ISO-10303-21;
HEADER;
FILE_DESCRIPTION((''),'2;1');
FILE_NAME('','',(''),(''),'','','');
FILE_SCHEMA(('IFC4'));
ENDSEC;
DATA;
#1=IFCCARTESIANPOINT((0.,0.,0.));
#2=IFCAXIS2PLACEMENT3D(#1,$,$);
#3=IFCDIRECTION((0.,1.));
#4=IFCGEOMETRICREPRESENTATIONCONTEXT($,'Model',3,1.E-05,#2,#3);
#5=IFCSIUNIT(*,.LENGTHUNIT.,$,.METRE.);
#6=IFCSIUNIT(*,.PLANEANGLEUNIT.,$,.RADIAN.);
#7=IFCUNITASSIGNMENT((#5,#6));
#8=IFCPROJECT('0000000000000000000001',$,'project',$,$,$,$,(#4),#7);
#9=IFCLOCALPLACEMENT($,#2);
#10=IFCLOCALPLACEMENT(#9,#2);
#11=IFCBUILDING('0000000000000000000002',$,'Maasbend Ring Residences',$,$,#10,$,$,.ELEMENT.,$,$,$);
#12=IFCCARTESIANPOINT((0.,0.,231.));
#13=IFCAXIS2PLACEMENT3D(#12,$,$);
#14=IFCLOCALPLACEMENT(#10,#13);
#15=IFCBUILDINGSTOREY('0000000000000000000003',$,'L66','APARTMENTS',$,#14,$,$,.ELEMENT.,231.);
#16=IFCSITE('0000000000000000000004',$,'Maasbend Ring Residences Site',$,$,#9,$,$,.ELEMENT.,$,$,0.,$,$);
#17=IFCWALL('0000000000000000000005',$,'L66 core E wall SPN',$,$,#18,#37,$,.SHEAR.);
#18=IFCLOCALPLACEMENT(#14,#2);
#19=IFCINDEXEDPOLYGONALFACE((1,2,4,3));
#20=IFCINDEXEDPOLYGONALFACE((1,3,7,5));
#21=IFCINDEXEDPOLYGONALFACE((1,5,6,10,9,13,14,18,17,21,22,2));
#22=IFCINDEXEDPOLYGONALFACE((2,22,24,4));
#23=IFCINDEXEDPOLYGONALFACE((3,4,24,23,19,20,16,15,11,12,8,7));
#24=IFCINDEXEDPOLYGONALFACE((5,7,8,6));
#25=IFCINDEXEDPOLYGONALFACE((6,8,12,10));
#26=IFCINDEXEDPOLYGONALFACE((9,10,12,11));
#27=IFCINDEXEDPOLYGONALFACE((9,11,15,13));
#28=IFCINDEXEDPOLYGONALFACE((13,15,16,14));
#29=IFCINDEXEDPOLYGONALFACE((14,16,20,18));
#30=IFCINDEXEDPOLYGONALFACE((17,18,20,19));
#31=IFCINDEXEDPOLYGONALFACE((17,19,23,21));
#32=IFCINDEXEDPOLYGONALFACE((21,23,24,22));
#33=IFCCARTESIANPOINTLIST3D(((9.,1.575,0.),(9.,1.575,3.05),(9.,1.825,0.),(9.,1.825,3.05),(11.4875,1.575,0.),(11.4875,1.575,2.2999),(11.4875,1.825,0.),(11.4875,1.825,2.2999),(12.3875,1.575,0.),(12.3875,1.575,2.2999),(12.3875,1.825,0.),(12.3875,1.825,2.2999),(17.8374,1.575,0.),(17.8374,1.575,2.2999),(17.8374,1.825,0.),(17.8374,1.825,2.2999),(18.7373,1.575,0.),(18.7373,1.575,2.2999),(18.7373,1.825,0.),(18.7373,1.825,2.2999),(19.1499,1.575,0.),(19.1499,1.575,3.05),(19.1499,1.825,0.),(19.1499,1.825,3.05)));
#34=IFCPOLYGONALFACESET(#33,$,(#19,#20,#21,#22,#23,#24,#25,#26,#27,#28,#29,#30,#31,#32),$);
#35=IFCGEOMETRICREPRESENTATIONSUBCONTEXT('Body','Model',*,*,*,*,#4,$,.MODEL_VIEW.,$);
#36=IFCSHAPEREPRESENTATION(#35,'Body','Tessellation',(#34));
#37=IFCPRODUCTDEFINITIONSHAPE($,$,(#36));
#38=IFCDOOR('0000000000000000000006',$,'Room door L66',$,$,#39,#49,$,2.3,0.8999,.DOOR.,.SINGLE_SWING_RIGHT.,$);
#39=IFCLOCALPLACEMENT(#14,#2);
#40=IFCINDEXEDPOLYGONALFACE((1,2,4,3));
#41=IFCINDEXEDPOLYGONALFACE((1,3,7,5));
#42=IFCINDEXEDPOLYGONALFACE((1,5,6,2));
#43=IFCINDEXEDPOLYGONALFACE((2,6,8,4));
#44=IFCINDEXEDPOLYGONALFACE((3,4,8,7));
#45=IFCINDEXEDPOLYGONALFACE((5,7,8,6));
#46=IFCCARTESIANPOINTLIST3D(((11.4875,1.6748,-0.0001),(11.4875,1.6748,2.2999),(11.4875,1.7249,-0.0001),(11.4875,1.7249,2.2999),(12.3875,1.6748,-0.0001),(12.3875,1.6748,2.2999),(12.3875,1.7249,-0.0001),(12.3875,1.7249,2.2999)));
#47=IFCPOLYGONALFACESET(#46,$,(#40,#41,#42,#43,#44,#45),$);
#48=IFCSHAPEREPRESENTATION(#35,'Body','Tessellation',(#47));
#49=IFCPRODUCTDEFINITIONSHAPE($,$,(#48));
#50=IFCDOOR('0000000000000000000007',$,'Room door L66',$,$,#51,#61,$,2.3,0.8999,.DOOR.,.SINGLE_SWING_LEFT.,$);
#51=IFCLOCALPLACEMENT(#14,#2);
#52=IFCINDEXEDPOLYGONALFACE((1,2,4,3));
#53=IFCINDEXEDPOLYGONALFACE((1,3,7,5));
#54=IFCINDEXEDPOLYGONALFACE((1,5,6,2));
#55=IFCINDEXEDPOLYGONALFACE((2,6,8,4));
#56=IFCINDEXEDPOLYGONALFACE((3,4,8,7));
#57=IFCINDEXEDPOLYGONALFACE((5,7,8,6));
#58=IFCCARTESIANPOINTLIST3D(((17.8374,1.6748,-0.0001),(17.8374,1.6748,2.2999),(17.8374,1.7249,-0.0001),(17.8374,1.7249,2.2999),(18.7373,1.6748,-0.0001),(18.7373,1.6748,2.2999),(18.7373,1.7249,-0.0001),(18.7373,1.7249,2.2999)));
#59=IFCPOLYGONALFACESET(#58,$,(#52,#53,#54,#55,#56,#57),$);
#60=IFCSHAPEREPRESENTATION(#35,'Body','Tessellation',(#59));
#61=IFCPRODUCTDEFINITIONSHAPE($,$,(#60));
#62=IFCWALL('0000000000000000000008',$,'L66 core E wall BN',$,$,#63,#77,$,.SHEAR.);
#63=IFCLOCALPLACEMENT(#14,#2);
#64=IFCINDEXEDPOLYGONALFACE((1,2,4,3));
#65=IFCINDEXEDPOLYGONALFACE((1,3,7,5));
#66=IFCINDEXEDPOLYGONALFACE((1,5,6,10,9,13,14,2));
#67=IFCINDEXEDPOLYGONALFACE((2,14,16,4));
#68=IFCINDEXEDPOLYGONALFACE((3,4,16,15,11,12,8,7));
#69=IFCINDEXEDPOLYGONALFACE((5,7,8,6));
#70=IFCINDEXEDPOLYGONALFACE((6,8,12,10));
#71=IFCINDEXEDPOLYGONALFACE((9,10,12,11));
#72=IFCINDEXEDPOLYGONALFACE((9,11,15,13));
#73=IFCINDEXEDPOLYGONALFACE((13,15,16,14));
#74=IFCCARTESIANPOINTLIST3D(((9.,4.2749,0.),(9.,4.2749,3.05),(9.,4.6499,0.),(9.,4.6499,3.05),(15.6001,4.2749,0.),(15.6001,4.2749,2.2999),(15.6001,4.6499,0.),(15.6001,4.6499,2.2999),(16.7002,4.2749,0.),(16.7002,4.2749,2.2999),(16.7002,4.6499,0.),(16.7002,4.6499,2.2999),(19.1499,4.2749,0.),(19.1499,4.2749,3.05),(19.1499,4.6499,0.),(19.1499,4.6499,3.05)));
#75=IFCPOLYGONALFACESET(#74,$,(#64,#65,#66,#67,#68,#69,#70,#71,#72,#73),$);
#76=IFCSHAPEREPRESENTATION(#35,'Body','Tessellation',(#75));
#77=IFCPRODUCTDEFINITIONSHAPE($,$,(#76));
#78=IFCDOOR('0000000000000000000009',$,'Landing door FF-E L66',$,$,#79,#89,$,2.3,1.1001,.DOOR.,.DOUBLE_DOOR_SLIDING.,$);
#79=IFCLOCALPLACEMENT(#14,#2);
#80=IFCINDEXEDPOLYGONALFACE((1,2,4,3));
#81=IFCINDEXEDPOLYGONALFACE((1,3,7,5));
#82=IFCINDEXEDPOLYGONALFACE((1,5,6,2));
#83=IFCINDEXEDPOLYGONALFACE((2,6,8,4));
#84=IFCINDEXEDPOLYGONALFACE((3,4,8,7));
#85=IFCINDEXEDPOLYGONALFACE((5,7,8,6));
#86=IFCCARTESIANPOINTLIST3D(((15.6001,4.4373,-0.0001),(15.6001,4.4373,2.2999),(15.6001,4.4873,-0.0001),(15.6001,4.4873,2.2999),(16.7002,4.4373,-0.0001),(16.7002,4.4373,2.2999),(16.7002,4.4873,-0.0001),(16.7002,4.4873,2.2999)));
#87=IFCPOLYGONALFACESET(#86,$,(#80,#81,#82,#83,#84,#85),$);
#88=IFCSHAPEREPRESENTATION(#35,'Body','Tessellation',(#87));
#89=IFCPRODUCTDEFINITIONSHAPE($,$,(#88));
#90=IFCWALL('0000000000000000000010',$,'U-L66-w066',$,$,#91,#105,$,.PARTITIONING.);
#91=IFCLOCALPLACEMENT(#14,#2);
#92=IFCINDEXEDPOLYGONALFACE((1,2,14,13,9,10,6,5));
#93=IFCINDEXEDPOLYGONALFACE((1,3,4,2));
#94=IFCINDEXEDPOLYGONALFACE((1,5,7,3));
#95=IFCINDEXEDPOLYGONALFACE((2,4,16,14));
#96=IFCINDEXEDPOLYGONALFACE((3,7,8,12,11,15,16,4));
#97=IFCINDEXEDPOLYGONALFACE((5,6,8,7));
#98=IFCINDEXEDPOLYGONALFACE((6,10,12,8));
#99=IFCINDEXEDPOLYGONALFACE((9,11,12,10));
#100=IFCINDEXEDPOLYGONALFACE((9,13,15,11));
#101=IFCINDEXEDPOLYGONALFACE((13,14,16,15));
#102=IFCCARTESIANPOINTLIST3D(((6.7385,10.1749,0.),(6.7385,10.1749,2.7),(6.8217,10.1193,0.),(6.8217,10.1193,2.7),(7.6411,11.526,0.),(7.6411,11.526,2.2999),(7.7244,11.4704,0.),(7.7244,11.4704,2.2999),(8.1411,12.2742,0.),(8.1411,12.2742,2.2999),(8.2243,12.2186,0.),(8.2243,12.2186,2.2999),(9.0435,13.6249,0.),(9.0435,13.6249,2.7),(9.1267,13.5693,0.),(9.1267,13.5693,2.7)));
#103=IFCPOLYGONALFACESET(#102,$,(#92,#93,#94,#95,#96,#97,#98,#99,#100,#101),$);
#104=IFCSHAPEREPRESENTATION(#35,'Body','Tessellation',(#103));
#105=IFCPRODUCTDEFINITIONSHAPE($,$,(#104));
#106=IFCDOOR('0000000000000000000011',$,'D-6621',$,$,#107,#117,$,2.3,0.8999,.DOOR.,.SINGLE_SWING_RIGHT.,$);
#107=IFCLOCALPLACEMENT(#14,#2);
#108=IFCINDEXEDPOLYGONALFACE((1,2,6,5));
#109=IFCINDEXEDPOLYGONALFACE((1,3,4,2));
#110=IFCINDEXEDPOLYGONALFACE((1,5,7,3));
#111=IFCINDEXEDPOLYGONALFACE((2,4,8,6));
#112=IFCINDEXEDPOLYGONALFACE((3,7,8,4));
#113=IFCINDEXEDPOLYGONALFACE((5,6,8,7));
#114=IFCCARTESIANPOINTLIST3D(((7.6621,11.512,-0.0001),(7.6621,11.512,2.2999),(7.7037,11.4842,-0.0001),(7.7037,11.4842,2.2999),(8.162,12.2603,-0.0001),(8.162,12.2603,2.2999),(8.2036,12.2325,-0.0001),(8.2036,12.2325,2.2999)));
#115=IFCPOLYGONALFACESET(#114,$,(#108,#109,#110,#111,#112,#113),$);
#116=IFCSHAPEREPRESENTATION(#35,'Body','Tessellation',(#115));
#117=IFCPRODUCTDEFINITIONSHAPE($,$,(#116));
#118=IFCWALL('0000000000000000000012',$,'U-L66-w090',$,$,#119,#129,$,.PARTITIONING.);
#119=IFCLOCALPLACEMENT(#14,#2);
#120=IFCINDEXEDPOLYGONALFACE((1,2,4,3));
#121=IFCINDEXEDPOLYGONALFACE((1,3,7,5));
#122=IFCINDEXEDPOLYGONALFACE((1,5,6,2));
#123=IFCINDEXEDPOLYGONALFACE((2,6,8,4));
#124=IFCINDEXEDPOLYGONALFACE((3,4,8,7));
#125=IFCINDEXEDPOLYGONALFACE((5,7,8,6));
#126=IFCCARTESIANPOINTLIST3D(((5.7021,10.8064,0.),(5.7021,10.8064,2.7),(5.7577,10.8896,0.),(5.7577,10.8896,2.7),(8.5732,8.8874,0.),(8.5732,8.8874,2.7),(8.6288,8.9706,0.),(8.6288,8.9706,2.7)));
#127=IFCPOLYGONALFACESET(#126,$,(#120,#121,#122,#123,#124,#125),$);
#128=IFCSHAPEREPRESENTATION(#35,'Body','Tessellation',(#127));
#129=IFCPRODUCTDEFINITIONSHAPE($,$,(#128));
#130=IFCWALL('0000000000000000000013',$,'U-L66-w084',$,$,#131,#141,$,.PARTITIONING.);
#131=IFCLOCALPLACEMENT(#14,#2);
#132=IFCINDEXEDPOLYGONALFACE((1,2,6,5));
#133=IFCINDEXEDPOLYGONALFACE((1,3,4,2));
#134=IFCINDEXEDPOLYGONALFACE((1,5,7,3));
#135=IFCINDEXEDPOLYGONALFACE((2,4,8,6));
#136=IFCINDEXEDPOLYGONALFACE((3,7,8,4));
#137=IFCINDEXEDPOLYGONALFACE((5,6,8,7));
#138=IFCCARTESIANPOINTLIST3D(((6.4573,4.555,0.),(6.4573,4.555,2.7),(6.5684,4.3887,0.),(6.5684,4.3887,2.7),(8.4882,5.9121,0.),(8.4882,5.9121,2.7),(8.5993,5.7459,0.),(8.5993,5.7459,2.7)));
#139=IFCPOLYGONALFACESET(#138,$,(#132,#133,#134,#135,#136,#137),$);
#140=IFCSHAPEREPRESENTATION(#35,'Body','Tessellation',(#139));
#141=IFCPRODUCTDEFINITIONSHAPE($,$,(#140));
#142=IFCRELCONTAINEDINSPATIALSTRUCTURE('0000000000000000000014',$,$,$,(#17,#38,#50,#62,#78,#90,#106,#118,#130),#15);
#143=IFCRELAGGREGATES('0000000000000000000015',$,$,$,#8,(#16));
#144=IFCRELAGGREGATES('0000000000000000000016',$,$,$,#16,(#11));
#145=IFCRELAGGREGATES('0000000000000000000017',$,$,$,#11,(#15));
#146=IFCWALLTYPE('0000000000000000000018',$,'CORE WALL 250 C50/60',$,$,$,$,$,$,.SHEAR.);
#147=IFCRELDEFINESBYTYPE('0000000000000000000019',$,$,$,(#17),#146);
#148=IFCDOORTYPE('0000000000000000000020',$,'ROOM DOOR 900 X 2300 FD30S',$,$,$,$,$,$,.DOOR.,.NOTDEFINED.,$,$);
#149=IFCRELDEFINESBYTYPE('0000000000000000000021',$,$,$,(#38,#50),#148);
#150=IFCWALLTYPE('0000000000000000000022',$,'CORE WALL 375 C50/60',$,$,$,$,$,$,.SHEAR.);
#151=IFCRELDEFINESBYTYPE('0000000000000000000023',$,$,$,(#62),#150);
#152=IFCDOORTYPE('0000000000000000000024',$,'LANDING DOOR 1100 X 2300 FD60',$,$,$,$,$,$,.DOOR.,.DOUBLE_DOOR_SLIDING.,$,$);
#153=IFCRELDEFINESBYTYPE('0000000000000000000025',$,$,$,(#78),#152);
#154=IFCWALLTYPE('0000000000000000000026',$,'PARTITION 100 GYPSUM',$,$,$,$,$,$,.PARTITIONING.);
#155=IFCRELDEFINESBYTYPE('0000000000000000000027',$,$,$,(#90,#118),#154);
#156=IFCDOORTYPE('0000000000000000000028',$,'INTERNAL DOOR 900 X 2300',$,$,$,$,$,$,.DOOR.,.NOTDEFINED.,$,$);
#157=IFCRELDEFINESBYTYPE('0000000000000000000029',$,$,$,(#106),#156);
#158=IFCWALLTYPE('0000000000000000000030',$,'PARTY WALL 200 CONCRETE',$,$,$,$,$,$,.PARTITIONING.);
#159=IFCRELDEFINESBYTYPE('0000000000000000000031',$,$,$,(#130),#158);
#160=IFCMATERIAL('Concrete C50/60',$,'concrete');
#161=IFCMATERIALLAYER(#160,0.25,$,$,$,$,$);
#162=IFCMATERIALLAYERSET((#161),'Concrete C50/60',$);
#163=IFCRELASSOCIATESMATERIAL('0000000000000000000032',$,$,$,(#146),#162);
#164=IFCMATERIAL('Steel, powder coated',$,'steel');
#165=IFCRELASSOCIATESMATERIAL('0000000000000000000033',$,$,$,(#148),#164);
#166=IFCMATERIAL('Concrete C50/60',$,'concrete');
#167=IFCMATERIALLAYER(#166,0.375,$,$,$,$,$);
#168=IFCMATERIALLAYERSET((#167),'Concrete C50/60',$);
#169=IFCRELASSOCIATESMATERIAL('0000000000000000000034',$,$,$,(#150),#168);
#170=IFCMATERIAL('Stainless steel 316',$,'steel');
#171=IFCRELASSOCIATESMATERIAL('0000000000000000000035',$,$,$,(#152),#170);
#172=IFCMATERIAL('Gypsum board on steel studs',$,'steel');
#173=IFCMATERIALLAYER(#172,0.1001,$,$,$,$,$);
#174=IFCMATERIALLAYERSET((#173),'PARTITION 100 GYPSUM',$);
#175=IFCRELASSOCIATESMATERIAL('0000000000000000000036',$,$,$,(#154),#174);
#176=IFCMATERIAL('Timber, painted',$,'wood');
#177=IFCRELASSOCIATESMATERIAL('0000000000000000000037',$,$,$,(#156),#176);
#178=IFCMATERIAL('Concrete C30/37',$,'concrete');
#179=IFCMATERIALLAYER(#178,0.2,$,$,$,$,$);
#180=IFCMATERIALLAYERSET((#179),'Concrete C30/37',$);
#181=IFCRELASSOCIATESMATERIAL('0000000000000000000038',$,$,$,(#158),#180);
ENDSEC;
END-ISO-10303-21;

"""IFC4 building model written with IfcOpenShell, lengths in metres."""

from ifc_helpers import new_model, si_unit, direction, frame, frame_2d, origin, place, context, subcontext, project, spatial, rectangle, extrude, material, layer, layer_set, type_object, element, fill, save


model = new_model("IFC4")

# Units and contexts
model_context = context("Model", 3, precision=1e-05, world=origin(), true_north=direction((0.0, 1.0)))
body_context = subcontext(model_context, "Body", "Model", "MODEL_VIEW")
ifc_project = project(units=[si_unit("LENGTHUNIT", "METRE"), si_unit("PLANEANGLEUNIT", "RADIAN")], contexts=[model_context])

# Site, building, storey
site_placement = place(None, origin())
site = spatial("IfcSite", under=ifc_project, at=site_placement, Name="Maasbend Ring Residences Site", CompositionType="ELEMENT", RefElevation=0.0)
building_placement = place(site_placement, origin())
building = spatial("IfcBuilding", under=site, at=building_placement, Name="Maasbend Ring Residences", CompositionType="ELEMENT")
storey_placement = place(building_placement, frame((0.0, 0.0, 231.0)))
storey = spatial("IfcBuildingStorey", under=building, at=storey_placement, Name="L66", Description="APARTMENTS", CompositionType="ELEMENT", Elevation=231.0)

# Wall, openings, doors
ifc_material_1 = material(Name="Concrete C50/60", Category="concrete")
ifc_layer_1 = layer(ifc_material_1, 0.25)
ifc_layer_set_1 = layer_set([ifc_layer_1], Name="Concrete C50/60")
wall_type_1 = type_object("IfcWallType", Name="CORE WALL 250 C50/60", PredefinedType="SHEAR", material=ifc_layer_set_1)
wall_1_placement = place(storey_placement, frame((9.0, 1.7, 0.0), z_axis=(0.0, 0.0, 1.0), x_axis=(1.0, 0.0, 0.0)))
wall_1 = element("IfcWall", 1, at=wall_1_placement, inside=storey, type_object=wall_type_1, Name="L66 core E wall SPN", PredefinedType="SHEAR", context=body_context, shape_type="SweptSolid", body=[
    extrude(rectangle(XDim=10.1499, YDim=0.25, at=frame_2d((5.075, 0.0))), origin(), (0.0, 0.0, 1.0), 3.05),
])
opening_1_placement = place(wall_1_placement, frame((2.4875, 0.0, 0.0)))
opening_1 = element("IfcOpeningElement", 2, at=opening_1_placement, cuts=wall_1, PredefinedType="OPENING", context=body_context, shape_type="SweptSolid", body=[
    extrude(rectangle(XDim=0.8999, YDim=2.3, at=frame_2d((0.45, 1.1499))), frame((0.0, 0.135, 0.0), z_axis=(0.0, -1.0, 0.0), x_axis=(1.0, 0.0, 0.0)), (0.0, 0.0, 1.0), 0.27),
])
opening_2_placement = place(wall_1_placement, frame((8.8374, 0.0, 0.0)))
opening_2 = element("IfcOpeningElement", 3, at=opening_2_placement, cuts=wall_1, PredefinedType="OPENING", context=body_context, shape_type="SweptSolid", body=[
    extrude(rectangle(XDim=0.8999, YDim=2.3, at=frame_2d((0.45, 1.1499))), frame((0.0, 0.135, 0.0), z_axis=(0.0, -1.0, 0.0), x_axis=(1.0, 0.0, 0.0)), (0.0, 0.0, 1.0), 0.27),
])
ifc_material_2 = material(Name="Steel, powder coated", Category="steel")
door_type_1 = type_object("IfcDoorType", Name="ROOM DOOR 900 X 2300 FD30S", OperationType="NOTDEFINED", PredefinedType="DOOR", material=ifc_material_2)
door_1_placement = place(opening_1_placement, origin())
door_1 = element("IfcDoor", 4, at=door_1_placement, inside=storey, type_object=door_type_1, Name="Room door L66", OperationType="SINGLE_SWING_RIGHT", OverallHeight=2.3, OverallWidth=0.8999, PredefinedType="DOOR", context=body_context, shape_type="SweptSolid", body=[
    extrude(rectangle(XDim=0.8999, YDim=2.3, at=frame_2d((0.45, 1.1499))), frame((0.0, 0.0249, 0.0), z_axis=(0.0, -1.0, 0.0), x_axis=(1.0, 0.0, 0.0)), (0.0, 0.0, 1.0), 0.05),
])
fill(opening_1, door_1)
door_2_placement = place(opening_2_placement, origin())
door_2 = element("IfcDoor", 5, at=door_2_placement, inside=storey, type_object=door_type_1, Name="Room door L66", OperationType="SINGLE_SWING_LEFT", OverallHeight=2.3, OverallWidth=0.8999, PredefinedType="DOOR", context=body_context, shape_type="SweptSolid", body=[
    extrude(rectangle(XDim=0.8999, YDim=2.3, at=frame_2d((0.45, 1.1499))), frame((0.0, 0.0249, 0.0), z_axis=(0.0, -1.0, 0.0), x_axis=(1.0, 0.0, 0.0)), (0.0, 0.0, 1.0), 0.05),
])
fill(opening_2, door_2)

# Walls, openings, doors
ifc_material_3 = material(Name="Concrete C50/60", Category="concrete")
ifc_layer_2 = layer(ifc_material_3, 0.375)
ifc_layer_set_2 = layer_set([ifc_layer_2], Name="Concrete C50/60")
wall_type_2 = type_object("IfcWallType", Name="CORE WALL 375 C50/60", PredefinedType="SHEAR", material=ifc_layer_set_2)
wall_2_placement = place(storey_placement, frame((9.0, 4.4624, 0.0), z_axis=(0.0, 0.0, 1.0), x_axis=(1.0, 0.0, 0.0)))
wall_2 = element("IfcWall", 6, at=wall_2_placement, inside=storey, type_object=wall_type_2, Name="L66 core E wall BN", PredefinedType="SHEAR", context=body_context, shape_type="SweptSolid", body=[
    extrude(rectangle(XDim=10.1499, YDim=0.375, at=frame_2d((5.075, 0.0))), origin(), (0.0, 0.0, 1.0), 3.05),
])
opening_3_placement = place(wall_2_placement, frame((6.6001, 0.0, 0.0)))
opening_3 = element("IfcOpeningElement", 7, at=opening_3_placement, cuts=wall_2, PredefinedType="OPENING", context=body_context, shape_type="SweptSolid", body=[
    extrude(rectangle(XDim=1.1001, YDim=2.3, at=frame_2d((0.55, 1.1499))), frame((0.0, 0.1975, 0.0), z_axis=(0.0, -1.0, 0.0), x_axis=(1.0, 0.0, 0.0)), (0.0, 0.0, 1.0), 0.395),
])
ifc_material_4 = material(Name="Stainless steel 316", Category="steel")
door_type_2 = type_object("IfcDoorType", Name="LANDING DOOR 1100 X 2300 FD60", OperationType="DOUBLE_DOOR_SLIDING", PredefinedType="DOOR", material=ifc_material_4)
door_3_placement = place(opening_3_placement, origin())
door_3 = element("IfcDoor", 8, at=door_3_placement, inside=storey, type_object=door_type_2, Name="Landing door FF-E L66", OperationType="DOUBLE_DOOR_SLIDING", OverallHeight=2.3, OverallWidth=1.1001, PredefinedType="DOOR", context=body_context, shape_type="SweptSolid", body=[
    extrude(rectangle(XDim=1.1001, YDim=2.3, at=frame_2d((0.55, 1.1499))), frame((0.0, 0.0249, 0.0), z_axis=(0.0, -1.0, 0.0), x_axis=(1.0, 0.0, 0.0)), (0.0, 0.0, 1.0), 0.05),
])
fill(opening_3, door_3)
ifc_material_5 = material(Name="Gypsum board on steel studs", Category="steel")
ifc_layer_3 = layer(ifc_material_5, 0.1001)
ifc_layer_set_3 = layer_set([ifc_layer_3], Name="PARTITION 100 GYPSUM")
wall_type_3 = type_object("IfcWallType", Name="PARTITION 100 GYPSUM", PredefinedType="PARTITIONING", material=ifc_layer_set_3)
wall_3_placement = place(storey_placement, frame((6.78, 10.147, 0.0), z_axis=(0.0, 0.0, 1.0), x_axis=(0.555528, 0.831498, 0.0)))
wall_3 = element("IfcWall", 9, at=wall_3_placement, inside=storey, type_object=wall_type_3, Name="U-L66-w066", PredefinedType="PARTITIONING", context=body_context, shape_type="SweptSolid", body=[
    extrude(rectangle(XDim=4.1492, YDim=0.1001, at=frame_2d((2.0747, 0.0))), origin(), (0.0, 0.0, 1.0), 2.7),
])
opening_4_placement = place(wall_3_placement, frame((1.625, 0.0, 0.0)))
opening_4 = element("IfcOpeningElement", 10, at=opening_4_placement, cuts=wall_3, PredefinedType="OPENING", context=body_context, shape_type="SweptSolid", body=[
    extrude(rectangle(XDim=0.8999, YDim=2.3, at=frame_2d((0.45, 1.1499))), frame((0.0, 0.0601, 0.0), z_axis=(0.0, -1.0, 0.0), x_axis=(1.0, 0.0, 0.0)), (0.0, 0.0, 1.0), 0.1201),
])
ifc_material_6 = material(Name="Timber, painted", Category="wood")
door_type_3 = type_object("IfcDoorType", Name="INTERNAL DOOR 900 X 2300", OperationType="NOTDEFINED", PredefinedType="DOOR", material=ifc_material_6)
door_4_placement = place(opening_4_placement, origin())
door_4 = element("IfcDoor", 11, at=door_4_placement, inside=storey, type_object=door_type_3, Name="D-6621", OperationType="SINGLE_SWING_RIGHT", OverallHeight=2.3, OverallWidth=0.8999, PredefinedType="DOOR", context=body_context, shape_type="SweptSolid", body=[
    extrude(rectangle(XDim=0.8999, YDim=2.3, at=frame_2d((0.45, 1.1499))), frame((0.0, 0.0249, 0.0), z_axis=(0.0, -1.0, 0.0), x_axis=(1.0, 0.0, 0.0)), (0.0, 0.0, 1.0), 0.05),
])
fill(opening_4, door_4)

# Walls
wall_4_placement = place(storey_placement, frame((5.73, 10.8479, 0.0), z_axis=(0.0, 0.0, 1.0), x_axis=(0.831397, -0.555679, 0.0)))
element("IfcWall", 12, at=wall_4_placement, inside=storey, type_object=wall_type_3, Name="U-L66-w090", PredefinedType="PARTITIONING", context=body_context, shape_type="SweptSolid", body=[
    extrude(rectangle(XDim=3.4534, YDim=0.1001, at=frame_2d((1.7266, 0.0))), origin(), (0.0, 0.0, 1.0), 2.7),
])
ifc_material_7 = material(Name="Concrete C30/37", Category="concrete")
ifc_layer_4 = layer(ifc_material_7, 0.2)
ifc_layer_set_4 = layer_set([ifc_layer_4], Name="Concrete C30/37")
wall_type_4 = type_object("IfcWallType", Name="PARTY WALL 200 CONCRETE", PredefinedType="PARTITIONING", material=ifc_layer_set_4)
wall_5_placement = place(storey_placement, frame((6.5129, 4.4719, 0.0), z_axis=(0.0, 0.0, 1.0), x_axis=(0.83145, 0.555599, 0.0)))
element("IfcWall", 13, at=wall_5_placement, inside=storey, type_object=wall_type_4, Name="U-L66-w084", PredefinedType="PARTITIONING", context=body_context, shape_type="SweptSolid", body=[
    extrude(rectangle(XDim=2.4426, YDim=0.2, at=frame_2d((1.2212, 0.0))), origin(), (0.0, 0.0, 1.0), 2.7),
])

save(model, "model.ifc")
